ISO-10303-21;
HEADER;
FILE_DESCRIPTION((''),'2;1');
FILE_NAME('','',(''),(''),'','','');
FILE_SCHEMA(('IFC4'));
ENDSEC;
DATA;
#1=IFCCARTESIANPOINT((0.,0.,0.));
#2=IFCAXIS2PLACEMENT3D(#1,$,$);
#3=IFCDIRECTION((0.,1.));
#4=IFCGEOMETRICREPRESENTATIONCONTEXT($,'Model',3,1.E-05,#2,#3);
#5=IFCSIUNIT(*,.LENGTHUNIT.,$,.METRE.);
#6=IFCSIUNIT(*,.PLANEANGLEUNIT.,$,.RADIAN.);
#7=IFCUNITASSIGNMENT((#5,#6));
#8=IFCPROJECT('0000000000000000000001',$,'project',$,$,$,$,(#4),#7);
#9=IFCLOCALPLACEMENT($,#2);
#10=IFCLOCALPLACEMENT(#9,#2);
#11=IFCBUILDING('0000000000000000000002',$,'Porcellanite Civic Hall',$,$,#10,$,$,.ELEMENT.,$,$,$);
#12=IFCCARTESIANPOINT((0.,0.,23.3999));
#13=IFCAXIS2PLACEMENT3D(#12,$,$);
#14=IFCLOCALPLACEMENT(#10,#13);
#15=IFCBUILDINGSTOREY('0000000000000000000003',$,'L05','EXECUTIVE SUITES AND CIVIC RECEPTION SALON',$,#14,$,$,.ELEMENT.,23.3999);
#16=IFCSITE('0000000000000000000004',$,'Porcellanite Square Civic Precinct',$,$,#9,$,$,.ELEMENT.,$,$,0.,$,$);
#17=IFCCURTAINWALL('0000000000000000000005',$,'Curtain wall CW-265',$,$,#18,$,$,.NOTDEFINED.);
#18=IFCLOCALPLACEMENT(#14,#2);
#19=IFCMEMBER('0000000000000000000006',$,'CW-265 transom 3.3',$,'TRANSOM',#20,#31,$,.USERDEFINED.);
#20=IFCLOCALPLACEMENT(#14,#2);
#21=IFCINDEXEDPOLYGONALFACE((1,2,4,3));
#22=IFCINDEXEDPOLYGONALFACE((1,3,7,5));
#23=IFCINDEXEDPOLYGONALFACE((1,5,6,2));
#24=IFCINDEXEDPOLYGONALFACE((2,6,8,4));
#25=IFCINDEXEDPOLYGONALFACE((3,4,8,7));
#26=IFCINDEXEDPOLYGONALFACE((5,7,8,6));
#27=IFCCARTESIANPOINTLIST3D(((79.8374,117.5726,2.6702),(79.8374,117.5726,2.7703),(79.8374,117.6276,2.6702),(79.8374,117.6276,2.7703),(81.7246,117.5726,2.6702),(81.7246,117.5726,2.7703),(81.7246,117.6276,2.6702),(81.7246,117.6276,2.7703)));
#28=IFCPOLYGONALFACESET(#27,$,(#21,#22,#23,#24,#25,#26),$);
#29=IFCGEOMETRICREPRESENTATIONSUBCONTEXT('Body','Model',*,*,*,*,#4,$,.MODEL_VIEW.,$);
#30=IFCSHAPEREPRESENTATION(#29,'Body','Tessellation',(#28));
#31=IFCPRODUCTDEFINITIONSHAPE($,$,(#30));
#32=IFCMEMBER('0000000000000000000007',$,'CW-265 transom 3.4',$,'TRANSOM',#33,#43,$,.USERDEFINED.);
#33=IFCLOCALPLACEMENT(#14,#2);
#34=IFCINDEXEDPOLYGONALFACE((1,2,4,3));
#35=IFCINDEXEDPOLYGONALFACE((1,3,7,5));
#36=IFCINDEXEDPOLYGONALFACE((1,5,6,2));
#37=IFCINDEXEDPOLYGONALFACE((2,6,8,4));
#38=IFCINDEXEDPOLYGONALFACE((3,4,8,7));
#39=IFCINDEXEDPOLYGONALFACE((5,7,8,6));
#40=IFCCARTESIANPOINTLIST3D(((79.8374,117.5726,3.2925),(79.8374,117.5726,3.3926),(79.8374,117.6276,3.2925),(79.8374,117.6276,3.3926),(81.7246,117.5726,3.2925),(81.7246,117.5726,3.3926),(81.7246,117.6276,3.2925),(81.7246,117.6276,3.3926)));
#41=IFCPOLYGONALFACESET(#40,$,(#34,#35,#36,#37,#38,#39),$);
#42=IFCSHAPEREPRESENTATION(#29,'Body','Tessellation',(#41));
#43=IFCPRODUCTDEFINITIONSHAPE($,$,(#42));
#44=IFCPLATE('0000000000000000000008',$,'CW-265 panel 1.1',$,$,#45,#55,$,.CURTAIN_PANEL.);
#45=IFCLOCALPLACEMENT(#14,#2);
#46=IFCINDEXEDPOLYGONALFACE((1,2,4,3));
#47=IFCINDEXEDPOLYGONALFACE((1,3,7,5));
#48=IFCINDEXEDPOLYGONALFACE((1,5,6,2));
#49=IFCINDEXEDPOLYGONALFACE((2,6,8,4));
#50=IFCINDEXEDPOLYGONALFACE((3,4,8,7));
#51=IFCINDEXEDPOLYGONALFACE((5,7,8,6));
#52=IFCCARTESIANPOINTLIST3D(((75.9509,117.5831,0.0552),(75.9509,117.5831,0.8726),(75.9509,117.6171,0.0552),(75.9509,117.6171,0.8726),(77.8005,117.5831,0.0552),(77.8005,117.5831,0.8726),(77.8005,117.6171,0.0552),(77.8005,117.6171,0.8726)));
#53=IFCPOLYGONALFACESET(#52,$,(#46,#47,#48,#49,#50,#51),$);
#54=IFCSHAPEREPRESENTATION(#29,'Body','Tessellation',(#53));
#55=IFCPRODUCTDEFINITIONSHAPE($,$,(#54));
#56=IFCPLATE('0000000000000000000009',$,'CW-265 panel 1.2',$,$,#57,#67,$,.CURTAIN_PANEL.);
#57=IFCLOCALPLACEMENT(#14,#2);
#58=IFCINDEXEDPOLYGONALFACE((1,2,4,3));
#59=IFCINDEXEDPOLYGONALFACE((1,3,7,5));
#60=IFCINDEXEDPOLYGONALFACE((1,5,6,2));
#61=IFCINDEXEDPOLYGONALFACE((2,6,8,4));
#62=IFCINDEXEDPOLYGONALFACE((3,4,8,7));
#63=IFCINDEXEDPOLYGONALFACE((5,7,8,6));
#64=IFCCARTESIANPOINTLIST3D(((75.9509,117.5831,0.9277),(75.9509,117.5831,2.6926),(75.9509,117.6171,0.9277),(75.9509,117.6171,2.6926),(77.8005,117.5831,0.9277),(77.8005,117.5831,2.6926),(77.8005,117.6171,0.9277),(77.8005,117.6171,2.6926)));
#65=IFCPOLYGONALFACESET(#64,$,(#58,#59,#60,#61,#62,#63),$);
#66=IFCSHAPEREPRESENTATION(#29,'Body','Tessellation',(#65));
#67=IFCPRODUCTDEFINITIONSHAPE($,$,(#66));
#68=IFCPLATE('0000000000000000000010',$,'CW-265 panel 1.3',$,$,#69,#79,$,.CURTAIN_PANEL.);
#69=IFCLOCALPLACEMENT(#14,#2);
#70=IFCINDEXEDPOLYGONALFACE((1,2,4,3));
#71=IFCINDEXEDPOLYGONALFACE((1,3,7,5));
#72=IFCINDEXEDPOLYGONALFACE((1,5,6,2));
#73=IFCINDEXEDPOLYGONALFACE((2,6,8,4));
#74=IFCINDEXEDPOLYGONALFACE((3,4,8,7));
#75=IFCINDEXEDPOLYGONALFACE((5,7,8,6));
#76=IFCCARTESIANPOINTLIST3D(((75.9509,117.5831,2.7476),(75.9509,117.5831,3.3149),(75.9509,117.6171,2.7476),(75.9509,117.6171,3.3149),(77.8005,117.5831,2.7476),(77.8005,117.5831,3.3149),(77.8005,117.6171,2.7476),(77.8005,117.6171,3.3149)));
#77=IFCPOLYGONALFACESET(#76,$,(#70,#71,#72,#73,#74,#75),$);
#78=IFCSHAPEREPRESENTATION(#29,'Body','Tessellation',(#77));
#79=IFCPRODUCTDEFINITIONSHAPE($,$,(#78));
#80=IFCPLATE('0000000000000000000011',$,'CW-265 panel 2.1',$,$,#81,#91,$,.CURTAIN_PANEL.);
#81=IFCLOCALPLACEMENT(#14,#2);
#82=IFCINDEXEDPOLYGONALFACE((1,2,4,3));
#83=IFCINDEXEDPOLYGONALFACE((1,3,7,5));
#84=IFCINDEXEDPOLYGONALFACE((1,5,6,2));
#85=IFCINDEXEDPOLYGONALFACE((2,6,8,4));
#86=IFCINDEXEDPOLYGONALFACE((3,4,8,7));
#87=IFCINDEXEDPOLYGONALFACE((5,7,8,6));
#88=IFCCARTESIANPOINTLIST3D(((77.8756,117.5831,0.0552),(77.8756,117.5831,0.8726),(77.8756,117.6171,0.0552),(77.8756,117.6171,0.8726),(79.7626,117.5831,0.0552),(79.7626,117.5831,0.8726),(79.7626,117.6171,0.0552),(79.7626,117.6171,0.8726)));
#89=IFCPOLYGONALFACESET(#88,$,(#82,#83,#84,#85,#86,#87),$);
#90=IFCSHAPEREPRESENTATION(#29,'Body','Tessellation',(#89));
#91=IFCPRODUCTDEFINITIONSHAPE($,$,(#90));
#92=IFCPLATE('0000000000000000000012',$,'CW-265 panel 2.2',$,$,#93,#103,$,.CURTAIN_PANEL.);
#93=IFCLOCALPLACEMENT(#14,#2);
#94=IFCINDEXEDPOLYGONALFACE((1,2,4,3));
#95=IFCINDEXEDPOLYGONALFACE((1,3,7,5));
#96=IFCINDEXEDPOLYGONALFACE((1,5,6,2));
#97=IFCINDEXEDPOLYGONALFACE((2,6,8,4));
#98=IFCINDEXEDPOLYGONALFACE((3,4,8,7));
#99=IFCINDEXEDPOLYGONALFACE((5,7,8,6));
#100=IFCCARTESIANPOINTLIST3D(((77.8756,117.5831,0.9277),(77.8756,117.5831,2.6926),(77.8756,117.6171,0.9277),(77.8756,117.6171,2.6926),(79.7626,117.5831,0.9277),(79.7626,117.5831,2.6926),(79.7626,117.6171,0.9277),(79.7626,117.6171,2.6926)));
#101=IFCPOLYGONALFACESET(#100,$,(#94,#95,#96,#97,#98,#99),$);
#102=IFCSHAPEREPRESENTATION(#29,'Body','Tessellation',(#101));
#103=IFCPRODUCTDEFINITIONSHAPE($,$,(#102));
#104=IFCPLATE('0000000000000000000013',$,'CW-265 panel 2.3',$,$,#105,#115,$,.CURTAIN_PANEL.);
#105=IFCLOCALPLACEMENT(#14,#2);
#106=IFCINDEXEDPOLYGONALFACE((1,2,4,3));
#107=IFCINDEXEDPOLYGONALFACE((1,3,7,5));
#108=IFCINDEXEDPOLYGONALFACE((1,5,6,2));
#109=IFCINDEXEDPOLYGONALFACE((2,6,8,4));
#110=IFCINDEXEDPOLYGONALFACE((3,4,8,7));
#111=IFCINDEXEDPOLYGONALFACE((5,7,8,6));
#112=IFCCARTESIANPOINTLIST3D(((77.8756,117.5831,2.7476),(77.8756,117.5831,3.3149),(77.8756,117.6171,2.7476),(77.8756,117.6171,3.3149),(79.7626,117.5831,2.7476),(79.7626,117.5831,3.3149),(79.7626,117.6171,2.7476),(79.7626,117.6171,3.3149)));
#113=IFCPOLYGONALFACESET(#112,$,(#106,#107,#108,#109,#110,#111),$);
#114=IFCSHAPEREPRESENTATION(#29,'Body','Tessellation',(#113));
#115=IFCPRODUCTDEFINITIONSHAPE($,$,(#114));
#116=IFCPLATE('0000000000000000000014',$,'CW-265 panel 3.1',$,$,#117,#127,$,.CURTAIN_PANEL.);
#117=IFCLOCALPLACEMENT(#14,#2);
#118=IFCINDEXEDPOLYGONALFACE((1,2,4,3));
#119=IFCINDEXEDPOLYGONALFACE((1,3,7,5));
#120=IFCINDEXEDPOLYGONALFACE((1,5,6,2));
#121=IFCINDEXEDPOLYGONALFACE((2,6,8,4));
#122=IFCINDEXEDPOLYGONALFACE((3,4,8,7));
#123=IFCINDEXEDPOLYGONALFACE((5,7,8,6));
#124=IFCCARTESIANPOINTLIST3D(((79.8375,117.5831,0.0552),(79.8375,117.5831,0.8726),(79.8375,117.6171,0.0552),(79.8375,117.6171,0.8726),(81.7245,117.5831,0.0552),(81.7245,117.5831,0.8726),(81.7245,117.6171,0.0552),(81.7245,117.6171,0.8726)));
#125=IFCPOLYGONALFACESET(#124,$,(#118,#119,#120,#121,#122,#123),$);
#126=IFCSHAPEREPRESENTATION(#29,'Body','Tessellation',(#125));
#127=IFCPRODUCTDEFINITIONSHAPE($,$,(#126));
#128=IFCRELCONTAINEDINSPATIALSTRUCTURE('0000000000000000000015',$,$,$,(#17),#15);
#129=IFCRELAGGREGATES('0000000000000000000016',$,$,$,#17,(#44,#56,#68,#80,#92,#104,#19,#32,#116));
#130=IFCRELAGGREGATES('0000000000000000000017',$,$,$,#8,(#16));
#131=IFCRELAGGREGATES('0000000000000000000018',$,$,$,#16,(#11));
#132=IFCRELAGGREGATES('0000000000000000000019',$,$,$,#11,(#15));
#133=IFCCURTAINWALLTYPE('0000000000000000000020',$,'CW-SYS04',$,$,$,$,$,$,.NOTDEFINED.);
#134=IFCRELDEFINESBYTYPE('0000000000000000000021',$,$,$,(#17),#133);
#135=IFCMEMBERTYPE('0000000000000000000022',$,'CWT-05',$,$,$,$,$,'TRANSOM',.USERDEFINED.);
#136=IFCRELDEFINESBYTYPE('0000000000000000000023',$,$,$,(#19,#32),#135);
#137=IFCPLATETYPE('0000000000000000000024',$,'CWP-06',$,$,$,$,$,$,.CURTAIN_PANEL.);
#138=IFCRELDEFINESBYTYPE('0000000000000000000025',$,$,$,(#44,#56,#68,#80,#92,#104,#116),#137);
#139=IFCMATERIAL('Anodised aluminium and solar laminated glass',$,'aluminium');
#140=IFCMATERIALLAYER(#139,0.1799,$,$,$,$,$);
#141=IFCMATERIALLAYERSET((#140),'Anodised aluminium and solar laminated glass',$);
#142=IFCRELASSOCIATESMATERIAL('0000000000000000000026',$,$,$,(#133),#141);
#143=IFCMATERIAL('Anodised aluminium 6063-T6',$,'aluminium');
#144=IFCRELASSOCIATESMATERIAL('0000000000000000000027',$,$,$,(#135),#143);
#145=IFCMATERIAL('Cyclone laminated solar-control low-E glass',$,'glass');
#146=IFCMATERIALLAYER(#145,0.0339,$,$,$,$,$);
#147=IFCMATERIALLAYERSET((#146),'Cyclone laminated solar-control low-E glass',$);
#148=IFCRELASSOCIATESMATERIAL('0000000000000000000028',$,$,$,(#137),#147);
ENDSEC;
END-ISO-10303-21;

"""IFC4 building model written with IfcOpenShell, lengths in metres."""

from ifc_helpers import new_model, si_unit, direction, frame, origin, origin_2d, place, context, subcontext, project, spatial, rectangle, extrude, material, layer, layer_set, material_profile, profile_set, type_object, element, aggregate, save


model = new_model("IFC4")

# Units and contexts
model_context = context("Model", 3, precision=1e-05, world=origin(), true_north=direction((0.0, 1.0)))
body_context = subcontext(model_context, "Body", "Model", "MODEL_VIEW")
ifc_project = project(units=[si_unit("LENGTHUNIT", "METRE"), si_unit("PLANEANGLEUNIT", "RADIAN")], contexts=[model_context])

# Site, building, storey
site_placement = place(None, origin())
site = spatial("IfcSite", under=ifc_project, at=site_placement, Name="Porcellanite Square Civic Precinct", CompositionType="ELEMENT", RefElevation=0.0)
building_placement = place(site_placement, origin())
building = spatial("IfcBuilding", under=site, at=building_placement, Name="Porcellanite Civic Hall", CompositionType="ELEMENT")
storey_placement = place(building_placement, frame((0.0, 0.0, 23.3999)))
storey = spatial("IfcBuildingStorey", under=building, at=storey_placement, Name="L05", Description="EXECUTIVE SUITES AND CIVIC RECEPTION SALON", CompositionType="ELEMENT", Elevation=23.3999)

# Curtain wall, members, plates
ifc_material_1 = material(Name="Anodised aluminium and solar laminated glass", Category="aluminium")
ifc_layer_1 = layer(ifc_material_1, 0.1799)
ifc_layer_set_1 = layer_set([ifc_layer_1], Name="Anodised aluminium and solar laminated glass")
curtain_wall_type = type_object("IfcCurtainWallType", Name="CW-SYS04", PredefinedType="NOTDEFINED", material=ifc_layer_set_1)
curtain_wall_placement = place(storey_placement, origin())
curtain_wall = element("IfcCurtainWall", 1, at=curtain_wall_placement, inside=storey, type_object=curtain_wall_type, Name="Curtain wall CW-265", PredefinedType="NOTDEFINED")
ifc_material_2 = material(Name="Anodised aluminium 6063-T6", Category="aluminium")
ifc_material_profile_1 = material_profile(ifc_material_2, rectangle(XDim=0.0549, YDim=0.1001, at=origin_2d()), Name="AL-55x100")
ifc_profile_set_1 = profile_set([ifc_material_profile_1], Name="Anodised aluminium 6063-T6")
member_type_1 = type_object("IfcMemberType", Name="CWT-05", ElementType="TRANSOM", PredefinedType="USERDEFINED", material=ifc_profile_set_1)
member_1_placement = place(storey_placement, frame((79.8374, 117.6001, 2.7202), z_axis=(1.0, 0.0, 0.0), x_axis=(0.0, 1.0, 0.0)))
member_1 = element("IfcMember", 2, at=member_1_placement, type_object=member_type_1, Name="CW-265 transom 3.3", ObjectType="TRANSOM", PredefinedType="USERDEFINED", context=body_context, shape_type="SweptSolid", body=[
    extrude(rectangle(XDim=0.0549, YDim=0.1001, at=origin_2d()), origin(), (0.0, 0.0, 1.0), 1.8872),
])
member_2_placement = place(storey_placement, frame((79.8374, 117.6001, 3.3425), z_axis=(1.0, 0.0, 0.0), x_axis=(0.0, 1.0, 0.0)))
member_2 = element("IfcMember", 3, at=member_2_placement, type_object=member_type_1, Name="CW-265 transom 3.4", ObjectType="TRANSOM", PredefinedType="USERDEFINED", context=body_context, shape_type="SweptSolid", body=[
    extrude(rectangle(XDim=0.0549, YDim=0.1001, at=origin_2d()), origin(), (0.0, 0.0, 1.0), 1.8872),
])
ifc_material_3 = material(Name="Cyclone laminated solar-control low-E glass", Category="glass")
ifc_layer_2 = layer(ifc_material_3, 0.0339)
ifc_layer_set_2 = layer_set([ifc_layer_2], Name="Cyclone laminated solar-control low-E glass")
plate_type = type_object("IfcPlateType", Name="CWP-06", PredefinedType="CURTAIN_PANEL", material=ifc_layer_set_2)
plate_1_placement = place(storey_placement, frame((76.8757, 117.6001, 0.0552), z_axis=(0.0, 0.0, 1.0), x_axis=(1.0, 0.0, 0.0)))
plate_1 = element("IfcPlate", 4, at=plate_1_placement, type_object=plate_type, Name="CW-265 panel 1.1", PredefinedType="CURTAIN_PANEL", context=body_context, shape_type="SweptSolid", body=[
    extrude(rectangle(XDim=1.8496, YDim=0.0339, at=origin_2d()), origin(), (0.0, 0.0, 1.0), 0.8174),
])
plate_2_placement = place(storey_placement, frame((76.8757, 117.6001, 0.9277), z_axis=(0.0, 0.0, 1.0), x_axis=(1.0, 0.0, 0.0)))
plate_2 = element("IfcPlate", 5, at=plate_2_placement, type_object=plate_type, Name="CW-265 panel 1.2", PredefinedType="CURTAIN_PANEL", context=body_context, shape_type="SweptSolid", body=[
    extrude(rectangle(XDim=1.8496, YDim=0.0339, at=origin_2d()), origin(), (0.0, 0.0, 1.0), 1.7649),
])
plate_3_placement = place(storey_placement, frame((76.8757, 117.6001, 2.7476), z_axis=(0.0, 0.0, 1.0), x_axis=(1.0, 0.0, 0.0)))
plate_3 = element("IfcPlate", 6, at=plate_3_placement, type_object=plate_type, Name="CW-265 panel 1.3", PredefinedType="CURTAIN_PANEL", context=body_context, shape_type="SweptSolid", body=[
    extrude(rectangle(XDim=1.8496, YDim=0.0339, at=origin_2d()), origin(), (0.0, 0.0, 1.0), 0.5674),
])
plate_4_placement = place(storey_placement, frame((78.8191, 117.6001, 0.0552), z_axis=(0.0, 0.0, 1.0), x_axis=(1.0, 0.0, 0.0)))
plate_4 = element("IfcPlate", 7, at=plate_4_placement, type_object=plate_type, Name="CW-265 panel 2.1", PredefinedType="CURTAIN_PANEL", context=body_context, shape_type="SweptSolid", body=[
    extrude(rectangle(XDim=1.887, YDim=0.0339, at=origin_2d()), origin(), (0.0, 0.0, 1.0), 0.8174),
])
plate_5_placement = place(storey_placement, frame((78.8191, 117.6001, 0.9277), z_axis=(0.0, 0.0, 1.0), x_axis=(1.0, 0.0, 0.0)))
plate_5 = element("IfcPlate", 8, at=plate_5_placement, type_object=plate_type, Name="CW-265 panel 2.2", PredefinedType="CURTAIN_PANEL", context=body_context, shape_type="SweptSolid", body=[
    extrude(rectangle(XDim=1.887, YDim=0.0339, at=origin_2d()), origin(), (0.0, 0.0, 1.0), 1.7649),
])
plate_6_placement = place(storey_placement, frame((78.8191, 117.6001, 2.7476), z_axis=(0.0, 0.0, 1.0), x_axis=(1.0, 0.0, 0.0)))
plate_6 = element("IfcPlate", 9, at=plate_6_placement, type_object=plate_type, Name="CW-265 panel 2.3", PredefinedType="CURTAIN_PANEL", context=body_context, shape_type="SweptSolid", body=[
    extrude(rectangle(XDim=1.887, YDim=0.0339, at=origin_2d()), origin(), (0.0, 0.0, 1.0), 0.5674),
])
plate_7_placement = place(storey_placement, frame((80.781, 117.6001, 0.0552), z_axis=(0.0, 0.0, 1.0), x_axis=(1.0, 0.0, 0.0)))
plate_7 = element("IfcPlate", 10, at=plate_7_placement, type_object=plate_type, Name="CW-265 panel 3.1", PredefinedType="CURTAIN_PANEL", context=body_context, shape_type="SweptSolid", body=[
    extrude(rectangle(XDim=1.887, YDim=0.0339, at=origin_2d()), origin(), (0.0, 0.0, 1.0), 0.8174),
])
aggregate(curtain_wall, [plate_1, plate_2, plate_3, plate_4, plate_5, plate_6, member_1, member_2, plate_7])

save(model, "model.ifc")
